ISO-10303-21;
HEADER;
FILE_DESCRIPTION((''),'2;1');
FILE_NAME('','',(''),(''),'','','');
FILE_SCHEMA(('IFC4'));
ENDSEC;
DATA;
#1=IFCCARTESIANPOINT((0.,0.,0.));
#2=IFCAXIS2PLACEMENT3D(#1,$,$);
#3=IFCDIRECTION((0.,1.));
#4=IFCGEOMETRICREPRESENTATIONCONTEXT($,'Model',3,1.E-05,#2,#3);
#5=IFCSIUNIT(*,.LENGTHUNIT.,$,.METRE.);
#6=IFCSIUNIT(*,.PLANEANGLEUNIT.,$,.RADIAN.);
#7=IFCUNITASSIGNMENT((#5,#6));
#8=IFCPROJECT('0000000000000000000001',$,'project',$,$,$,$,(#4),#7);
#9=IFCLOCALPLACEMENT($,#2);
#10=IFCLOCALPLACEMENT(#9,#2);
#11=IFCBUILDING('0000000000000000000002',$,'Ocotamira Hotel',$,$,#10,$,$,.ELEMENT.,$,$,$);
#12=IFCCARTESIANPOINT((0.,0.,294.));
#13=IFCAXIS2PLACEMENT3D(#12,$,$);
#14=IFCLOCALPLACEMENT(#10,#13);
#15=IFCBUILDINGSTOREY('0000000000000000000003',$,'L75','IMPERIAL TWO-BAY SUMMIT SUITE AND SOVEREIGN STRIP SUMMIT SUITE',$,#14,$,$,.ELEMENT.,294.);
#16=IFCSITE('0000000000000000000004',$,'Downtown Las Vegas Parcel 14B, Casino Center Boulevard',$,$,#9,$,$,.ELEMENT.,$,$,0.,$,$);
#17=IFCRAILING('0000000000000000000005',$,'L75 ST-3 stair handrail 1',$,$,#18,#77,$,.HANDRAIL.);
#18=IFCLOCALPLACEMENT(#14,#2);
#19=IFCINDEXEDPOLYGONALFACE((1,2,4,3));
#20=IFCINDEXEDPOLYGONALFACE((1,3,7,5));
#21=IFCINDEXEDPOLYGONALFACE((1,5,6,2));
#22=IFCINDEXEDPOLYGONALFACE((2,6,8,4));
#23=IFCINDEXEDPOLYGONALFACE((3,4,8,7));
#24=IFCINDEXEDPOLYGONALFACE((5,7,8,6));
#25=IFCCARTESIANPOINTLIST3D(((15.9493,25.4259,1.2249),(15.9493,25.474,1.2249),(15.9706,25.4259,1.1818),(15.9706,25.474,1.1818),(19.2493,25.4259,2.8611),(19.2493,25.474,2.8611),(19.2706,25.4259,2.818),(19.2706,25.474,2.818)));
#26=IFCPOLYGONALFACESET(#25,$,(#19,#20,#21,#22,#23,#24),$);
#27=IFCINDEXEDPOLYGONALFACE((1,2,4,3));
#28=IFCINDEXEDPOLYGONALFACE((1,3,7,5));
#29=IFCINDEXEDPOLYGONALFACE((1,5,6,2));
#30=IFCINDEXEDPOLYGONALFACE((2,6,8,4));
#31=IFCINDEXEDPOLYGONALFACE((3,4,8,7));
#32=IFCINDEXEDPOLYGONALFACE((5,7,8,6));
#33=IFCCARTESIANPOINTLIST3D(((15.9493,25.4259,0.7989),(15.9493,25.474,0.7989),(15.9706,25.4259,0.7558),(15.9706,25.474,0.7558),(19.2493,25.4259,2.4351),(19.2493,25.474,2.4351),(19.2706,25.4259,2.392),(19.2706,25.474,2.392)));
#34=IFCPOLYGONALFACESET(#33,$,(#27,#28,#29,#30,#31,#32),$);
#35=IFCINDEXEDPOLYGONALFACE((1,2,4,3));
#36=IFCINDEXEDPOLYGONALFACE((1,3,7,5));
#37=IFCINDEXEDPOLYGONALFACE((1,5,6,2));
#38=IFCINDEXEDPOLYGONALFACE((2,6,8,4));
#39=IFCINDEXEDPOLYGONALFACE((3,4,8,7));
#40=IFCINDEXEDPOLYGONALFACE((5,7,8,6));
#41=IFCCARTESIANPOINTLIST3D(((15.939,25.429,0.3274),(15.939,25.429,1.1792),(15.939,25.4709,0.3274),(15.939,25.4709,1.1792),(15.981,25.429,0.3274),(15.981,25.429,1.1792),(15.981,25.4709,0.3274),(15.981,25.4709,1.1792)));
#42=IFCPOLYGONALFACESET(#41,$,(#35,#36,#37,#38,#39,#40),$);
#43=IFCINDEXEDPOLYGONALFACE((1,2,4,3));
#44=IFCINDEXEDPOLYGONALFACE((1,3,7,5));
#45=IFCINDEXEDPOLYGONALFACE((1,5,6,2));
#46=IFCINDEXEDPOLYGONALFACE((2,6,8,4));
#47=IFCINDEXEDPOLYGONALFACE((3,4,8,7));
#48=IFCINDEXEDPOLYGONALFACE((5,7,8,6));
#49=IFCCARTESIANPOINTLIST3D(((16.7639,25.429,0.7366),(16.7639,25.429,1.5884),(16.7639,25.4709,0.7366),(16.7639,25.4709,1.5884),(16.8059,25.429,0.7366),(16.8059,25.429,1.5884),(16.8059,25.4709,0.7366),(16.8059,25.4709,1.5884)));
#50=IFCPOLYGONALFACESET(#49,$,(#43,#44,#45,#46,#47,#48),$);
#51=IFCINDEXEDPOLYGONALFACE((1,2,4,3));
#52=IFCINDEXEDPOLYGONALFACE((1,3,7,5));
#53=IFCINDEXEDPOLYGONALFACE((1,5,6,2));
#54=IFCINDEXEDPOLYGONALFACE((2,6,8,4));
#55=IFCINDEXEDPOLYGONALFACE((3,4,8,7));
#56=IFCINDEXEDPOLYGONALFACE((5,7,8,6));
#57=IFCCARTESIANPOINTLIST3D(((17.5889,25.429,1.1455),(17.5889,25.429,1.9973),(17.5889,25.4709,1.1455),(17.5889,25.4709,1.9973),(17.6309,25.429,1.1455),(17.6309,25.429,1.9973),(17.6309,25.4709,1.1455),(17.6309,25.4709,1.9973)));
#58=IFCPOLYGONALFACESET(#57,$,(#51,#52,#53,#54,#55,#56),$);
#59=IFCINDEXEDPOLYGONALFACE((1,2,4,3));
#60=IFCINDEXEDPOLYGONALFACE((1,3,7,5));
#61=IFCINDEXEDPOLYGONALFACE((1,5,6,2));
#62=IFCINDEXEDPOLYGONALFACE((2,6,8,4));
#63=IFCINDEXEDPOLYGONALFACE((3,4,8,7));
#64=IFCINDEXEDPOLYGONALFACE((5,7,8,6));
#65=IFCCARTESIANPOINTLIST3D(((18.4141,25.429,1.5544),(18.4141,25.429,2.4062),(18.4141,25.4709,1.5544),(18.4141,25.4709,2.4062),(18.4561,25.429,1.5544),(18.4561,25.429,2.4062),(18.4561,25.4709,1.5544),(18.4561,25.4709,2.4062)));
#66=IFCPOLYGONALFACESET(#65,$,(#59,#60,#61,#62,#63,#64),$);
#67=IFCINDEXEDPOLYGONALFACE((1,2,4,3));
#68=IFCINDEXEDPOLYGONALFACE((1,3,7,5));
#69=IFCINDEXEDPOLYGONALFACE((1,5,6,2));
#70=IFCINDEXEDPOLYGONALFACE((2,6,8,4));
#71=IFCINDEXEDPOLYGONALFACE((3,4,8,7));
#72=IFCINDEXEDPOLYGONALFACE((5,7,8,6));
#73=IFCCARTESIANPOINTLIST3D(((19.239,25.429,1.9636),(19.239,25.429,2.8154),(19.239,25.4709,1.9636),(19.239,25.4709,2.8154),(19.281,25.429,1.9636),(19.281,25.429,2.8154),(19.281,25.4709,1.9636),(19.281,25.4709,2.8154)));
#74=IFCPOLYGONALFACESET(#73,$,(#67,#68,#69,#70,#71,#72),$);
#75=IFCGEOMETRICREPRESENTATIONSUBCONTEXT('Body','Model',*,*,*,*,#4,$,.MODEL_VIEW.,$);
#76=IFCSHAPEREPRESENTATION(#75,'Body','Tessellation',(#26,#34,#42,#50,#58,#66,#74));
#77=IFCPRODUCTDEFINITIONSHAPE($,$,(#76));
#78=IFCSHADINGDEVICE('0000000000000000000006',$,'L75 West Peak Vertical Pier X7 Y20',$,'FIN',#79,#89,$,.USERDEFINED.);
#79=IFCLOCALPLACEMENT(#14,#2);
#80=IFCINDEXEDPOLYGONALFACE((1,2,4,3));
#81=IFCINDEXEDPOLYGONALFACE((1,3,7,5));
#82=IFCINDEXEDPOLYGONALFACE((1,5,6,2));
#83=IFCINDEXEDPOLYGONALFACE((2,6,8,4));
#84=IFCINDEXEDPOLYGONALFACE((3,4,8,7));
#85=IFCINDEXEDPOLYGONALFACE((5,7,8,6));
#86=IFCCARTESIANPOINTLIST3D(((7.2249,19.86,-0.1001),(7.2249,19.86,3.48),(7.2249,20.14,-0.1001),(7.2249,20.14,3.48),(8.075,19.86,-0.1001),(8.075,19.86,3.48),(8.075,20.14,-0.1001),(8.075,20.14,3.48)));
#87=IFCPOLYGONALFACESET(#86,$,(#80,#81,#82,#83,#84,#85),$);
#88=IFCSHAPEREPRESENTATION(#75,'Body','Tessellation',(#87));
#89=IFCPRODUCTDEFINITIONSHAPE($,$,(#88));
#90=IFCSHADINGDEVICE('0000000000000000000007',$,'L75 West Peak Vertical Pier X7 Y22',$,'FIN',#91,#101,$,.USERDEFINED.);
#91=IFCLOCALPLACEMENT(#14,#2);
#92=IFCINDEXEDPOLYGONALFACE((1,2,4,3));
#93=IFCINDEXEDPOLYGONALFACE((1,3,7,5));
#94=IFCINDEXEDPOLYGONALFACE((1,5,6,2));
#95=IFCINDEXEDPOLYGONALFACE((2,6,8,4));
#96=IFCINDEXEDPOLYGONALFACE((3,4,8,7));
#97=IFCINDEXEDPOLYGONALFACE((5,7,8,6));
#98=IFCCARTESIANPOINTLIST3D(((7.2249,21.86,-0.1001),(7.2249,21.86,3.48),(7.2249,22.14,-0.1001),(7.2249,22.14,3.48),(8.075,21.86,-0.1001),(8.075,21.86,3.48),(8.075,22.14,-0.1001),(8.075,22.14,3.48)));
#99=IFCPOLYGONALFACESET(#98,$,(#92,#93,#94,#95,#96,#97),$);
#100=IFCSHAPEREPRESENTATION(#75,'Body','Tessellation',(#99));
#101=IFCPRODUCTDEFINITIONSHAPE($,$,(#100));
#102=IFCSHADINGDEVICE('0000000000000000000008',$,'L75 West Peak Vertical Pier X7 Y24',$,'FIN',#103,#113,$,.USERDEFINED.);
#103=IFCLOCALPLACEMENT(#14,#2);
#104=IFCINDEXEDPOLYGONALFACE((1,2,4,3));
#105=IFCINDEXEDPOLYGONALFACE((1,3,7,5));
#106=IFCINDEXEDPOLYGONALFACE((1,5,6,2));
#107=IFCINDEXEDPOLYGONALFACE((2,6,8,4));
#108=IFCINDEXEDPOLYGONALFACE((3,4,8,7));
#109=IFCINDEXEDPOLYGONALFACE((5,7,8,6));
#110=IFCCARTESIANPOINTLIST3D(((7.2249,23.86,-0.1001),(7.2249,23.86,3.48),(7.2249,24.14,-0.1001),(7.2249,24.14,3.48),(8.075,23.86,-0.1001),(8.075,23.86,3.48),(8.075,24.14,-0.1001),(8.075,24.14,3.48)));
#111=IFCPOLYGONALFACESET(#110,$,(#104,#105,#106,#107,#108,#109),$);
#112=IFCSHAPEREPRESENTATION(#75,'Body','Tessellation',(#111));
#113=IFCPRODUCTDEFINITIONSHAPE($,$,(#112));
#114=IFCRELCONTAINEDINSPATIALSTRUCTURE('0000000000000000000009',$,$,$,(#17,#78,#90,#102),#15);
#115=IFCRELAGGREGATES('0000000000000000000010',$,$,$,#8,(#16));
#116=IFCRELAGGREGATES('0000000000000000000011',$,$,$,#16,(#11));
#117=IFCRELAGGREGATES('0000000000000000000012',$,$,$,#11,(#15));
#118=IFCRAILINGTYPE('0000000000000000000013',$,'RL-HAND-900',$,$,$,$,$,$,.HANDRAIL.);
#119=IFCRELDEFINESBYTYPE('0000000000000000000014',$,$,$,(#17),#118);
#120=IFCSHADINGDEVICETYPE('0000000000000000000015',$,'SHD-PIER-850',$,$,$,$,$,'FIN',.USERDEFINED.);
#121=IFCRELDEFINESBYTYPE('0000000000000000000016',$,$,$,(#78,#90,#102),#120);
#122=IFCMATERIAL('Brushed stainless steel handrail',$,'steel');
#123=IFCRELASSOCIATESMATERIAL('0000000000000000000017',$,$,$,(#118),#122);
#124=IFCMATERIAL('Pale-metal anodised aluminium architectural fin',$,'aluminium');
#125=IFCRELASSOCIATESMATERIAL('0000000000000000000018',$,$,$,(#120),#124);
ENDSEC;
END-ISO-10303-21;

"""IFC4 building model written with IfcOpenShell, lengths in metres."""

from ifc_helpers import new_model, si_unit, direction, frame, origin, origin_2d, place, context, subcontext, project, spatial, rectangle, extrude, source, transform, mapped, material, type_object, element, save


model = new_model("IFC4")

# Units and contexts
model_context = context("Model", 3, precision=1e-05, world=origin(), true_north=direction((0.0, 1.0)))
body_context = subcontext(model_context, "Body", "Model", "MODEL_VIEW")
ifc_project = project(units=[si_unit("LENGTHUNIT", "METRE"), si_unit("PLANEANGLEUNIT", "RADIAN")], contexts=[model_context])

# Site, building, storey
site_placement = place(None, origin())
site = spatial("IfcSite", under=ifc_project, at=site_placement, Name="Downtown Las Vegas Parcel 14B, Casino Center Boulevard", CompositionType="ELEMENT", RefElevation=0.0)
building_placement = place(site_placement, origin())
building = spatial("IfcBuilding", under=site, at=building_placement, Name="Ocotamira Hotel", CompositionType="ELEMENT")
storey_placement = place(building_placement, frame((0.0, 0.0, 294.0)))
storey = spatial("IfcBuildingStorey", under=building, at=storey_placement, Name="L75", Description="IMPERIAL TWO-BAY SUMMIT SUITE AND SOVEREIGN STRIP SUMMIT SUITE", CompositionType="ELEMENT", Elevation=294.0)

# Railing
ifc_material_1 = material(Name="Brushed stainless steel handrail", Category="steel")
railing_type = type_object("IfcRailingType", Name="RL-HAND-900", PredefinedType="HANDRAIL", material=ifc_material_1)
railing_1_placement = place(storey_placement, frame((15.96, 25.45, 0.3274)))
element("IfcRailing", 1, at=railing_1_placement, inside=storey, type_object=railing_type, Name="L75 ST-3 stair handrail 1", PredefinedType="HANDRAIL", context=body_context, shape_type="SweptSolid", body=[
    extrude(rectangle(XDim=0.0481, YDim=0.0481, at=origin_2d()), frame((0.0, 0.0, 0.876), z_axis=(0.89592, 0.0, 0.444215), x_axis=(0.0, 1.0, 0.0)), (0.0, 0.0, 1.0), 3.6833),
    extrude(rectangle(XDim=0.0481, YDim=0.0481, at=origin_2d()), frame((0.0, 0.0, 0.45), z_axis=(0.89592, 0.0, 0.444215), x_axis=(0.0, 1.0, 0.0)), (0.0, 0.0, 1.0), 3.6833),
    extrude(rectangle(XDim=0.042, YDim=0.042, at=origin_2d()), origin(), (0.0, 0.0, 1.0), 0.8518),
    extrude(rectangle(XDim=0.042, YDim=0.042, at=origin_2d()), frame((0.825, 0.0, 0.4092)), (0.0, 0.0, 1.0), 0.8518),
    extrude(rectangle(XDim=0.042, YDim=0.042, at=origin_2d()), frame((1.6499, 0.0, 0.8181)), (0.0, 0.0, 1.0), 0.8518),
    extrude(rectangle(XDim=0.042, YDim=0.042, at=origin_2d()), frame((2.4751, 0.0, 1.2271)), (0.0, 0.0, 1.0), 0.8518),
    extrude(rectangle(XDim=0.042, YDim=0.042, at=origin_2d()), frame((3.3, 0.0, 1.6362)), (0.0, 0.0, 1.0), 0.8518),
])

# Shading devices
ifc_material_2 = material(Name="Pale-metal anodised aluminium architectural fin", Category="aluminium")
shading_device_type = type_object("IfcShadingDeviceType", Name="SHD-PIER-850", ElementType="FIN", PredefinedType="USERDEFINED", material=ifc_material_2)
shared_shape_1 = source(origin(), body_context, "Body", "SweptSolid", [
    extrude(rectangle(XDim=0.8501, YDim=0.28, at=origin_2d()), origin(), (0.0, 0.0, 1.0), 3.5801),
])
for number, where, z_axis, x_axis, name in (
    (2, (7.6499, 20.0, -0.1001), (0.0, 0.0, 1.0), (1.0, 0.0, 0.0), "L75 West Peak Vertical Pier X7 Y20"),
    (3, (7.6499, 22.0, -0.1001), (0.0, 0.0, 1.0), (1.0, 0.0, 0.0), "L75 West Peak Vertical Pier X7 Y22"),
    (4, (7.6499, 24.0, -0.1001), (0.0, 0.0, 1.0), (1.0, 0.0, 0.0), "L75 West Peak Vertical Pier X7 Y24"),
):
    element("IfcShadingDevice", number, at=place(storey_placement, frame(where, z_axis=z_axis, x_axis=x_axis)), inside=storey, type_object=shading_device_type, Name=name, ObjectType="FIN", PredefinedType="USERDEFINED", context=body_context, shape_type="MappedRepresentation", body=[
        mapped(shared_shape_1, transform((0.0, 0.0, 0.0), scale=1.0)),
    ])

save(model, "model.ifc")
